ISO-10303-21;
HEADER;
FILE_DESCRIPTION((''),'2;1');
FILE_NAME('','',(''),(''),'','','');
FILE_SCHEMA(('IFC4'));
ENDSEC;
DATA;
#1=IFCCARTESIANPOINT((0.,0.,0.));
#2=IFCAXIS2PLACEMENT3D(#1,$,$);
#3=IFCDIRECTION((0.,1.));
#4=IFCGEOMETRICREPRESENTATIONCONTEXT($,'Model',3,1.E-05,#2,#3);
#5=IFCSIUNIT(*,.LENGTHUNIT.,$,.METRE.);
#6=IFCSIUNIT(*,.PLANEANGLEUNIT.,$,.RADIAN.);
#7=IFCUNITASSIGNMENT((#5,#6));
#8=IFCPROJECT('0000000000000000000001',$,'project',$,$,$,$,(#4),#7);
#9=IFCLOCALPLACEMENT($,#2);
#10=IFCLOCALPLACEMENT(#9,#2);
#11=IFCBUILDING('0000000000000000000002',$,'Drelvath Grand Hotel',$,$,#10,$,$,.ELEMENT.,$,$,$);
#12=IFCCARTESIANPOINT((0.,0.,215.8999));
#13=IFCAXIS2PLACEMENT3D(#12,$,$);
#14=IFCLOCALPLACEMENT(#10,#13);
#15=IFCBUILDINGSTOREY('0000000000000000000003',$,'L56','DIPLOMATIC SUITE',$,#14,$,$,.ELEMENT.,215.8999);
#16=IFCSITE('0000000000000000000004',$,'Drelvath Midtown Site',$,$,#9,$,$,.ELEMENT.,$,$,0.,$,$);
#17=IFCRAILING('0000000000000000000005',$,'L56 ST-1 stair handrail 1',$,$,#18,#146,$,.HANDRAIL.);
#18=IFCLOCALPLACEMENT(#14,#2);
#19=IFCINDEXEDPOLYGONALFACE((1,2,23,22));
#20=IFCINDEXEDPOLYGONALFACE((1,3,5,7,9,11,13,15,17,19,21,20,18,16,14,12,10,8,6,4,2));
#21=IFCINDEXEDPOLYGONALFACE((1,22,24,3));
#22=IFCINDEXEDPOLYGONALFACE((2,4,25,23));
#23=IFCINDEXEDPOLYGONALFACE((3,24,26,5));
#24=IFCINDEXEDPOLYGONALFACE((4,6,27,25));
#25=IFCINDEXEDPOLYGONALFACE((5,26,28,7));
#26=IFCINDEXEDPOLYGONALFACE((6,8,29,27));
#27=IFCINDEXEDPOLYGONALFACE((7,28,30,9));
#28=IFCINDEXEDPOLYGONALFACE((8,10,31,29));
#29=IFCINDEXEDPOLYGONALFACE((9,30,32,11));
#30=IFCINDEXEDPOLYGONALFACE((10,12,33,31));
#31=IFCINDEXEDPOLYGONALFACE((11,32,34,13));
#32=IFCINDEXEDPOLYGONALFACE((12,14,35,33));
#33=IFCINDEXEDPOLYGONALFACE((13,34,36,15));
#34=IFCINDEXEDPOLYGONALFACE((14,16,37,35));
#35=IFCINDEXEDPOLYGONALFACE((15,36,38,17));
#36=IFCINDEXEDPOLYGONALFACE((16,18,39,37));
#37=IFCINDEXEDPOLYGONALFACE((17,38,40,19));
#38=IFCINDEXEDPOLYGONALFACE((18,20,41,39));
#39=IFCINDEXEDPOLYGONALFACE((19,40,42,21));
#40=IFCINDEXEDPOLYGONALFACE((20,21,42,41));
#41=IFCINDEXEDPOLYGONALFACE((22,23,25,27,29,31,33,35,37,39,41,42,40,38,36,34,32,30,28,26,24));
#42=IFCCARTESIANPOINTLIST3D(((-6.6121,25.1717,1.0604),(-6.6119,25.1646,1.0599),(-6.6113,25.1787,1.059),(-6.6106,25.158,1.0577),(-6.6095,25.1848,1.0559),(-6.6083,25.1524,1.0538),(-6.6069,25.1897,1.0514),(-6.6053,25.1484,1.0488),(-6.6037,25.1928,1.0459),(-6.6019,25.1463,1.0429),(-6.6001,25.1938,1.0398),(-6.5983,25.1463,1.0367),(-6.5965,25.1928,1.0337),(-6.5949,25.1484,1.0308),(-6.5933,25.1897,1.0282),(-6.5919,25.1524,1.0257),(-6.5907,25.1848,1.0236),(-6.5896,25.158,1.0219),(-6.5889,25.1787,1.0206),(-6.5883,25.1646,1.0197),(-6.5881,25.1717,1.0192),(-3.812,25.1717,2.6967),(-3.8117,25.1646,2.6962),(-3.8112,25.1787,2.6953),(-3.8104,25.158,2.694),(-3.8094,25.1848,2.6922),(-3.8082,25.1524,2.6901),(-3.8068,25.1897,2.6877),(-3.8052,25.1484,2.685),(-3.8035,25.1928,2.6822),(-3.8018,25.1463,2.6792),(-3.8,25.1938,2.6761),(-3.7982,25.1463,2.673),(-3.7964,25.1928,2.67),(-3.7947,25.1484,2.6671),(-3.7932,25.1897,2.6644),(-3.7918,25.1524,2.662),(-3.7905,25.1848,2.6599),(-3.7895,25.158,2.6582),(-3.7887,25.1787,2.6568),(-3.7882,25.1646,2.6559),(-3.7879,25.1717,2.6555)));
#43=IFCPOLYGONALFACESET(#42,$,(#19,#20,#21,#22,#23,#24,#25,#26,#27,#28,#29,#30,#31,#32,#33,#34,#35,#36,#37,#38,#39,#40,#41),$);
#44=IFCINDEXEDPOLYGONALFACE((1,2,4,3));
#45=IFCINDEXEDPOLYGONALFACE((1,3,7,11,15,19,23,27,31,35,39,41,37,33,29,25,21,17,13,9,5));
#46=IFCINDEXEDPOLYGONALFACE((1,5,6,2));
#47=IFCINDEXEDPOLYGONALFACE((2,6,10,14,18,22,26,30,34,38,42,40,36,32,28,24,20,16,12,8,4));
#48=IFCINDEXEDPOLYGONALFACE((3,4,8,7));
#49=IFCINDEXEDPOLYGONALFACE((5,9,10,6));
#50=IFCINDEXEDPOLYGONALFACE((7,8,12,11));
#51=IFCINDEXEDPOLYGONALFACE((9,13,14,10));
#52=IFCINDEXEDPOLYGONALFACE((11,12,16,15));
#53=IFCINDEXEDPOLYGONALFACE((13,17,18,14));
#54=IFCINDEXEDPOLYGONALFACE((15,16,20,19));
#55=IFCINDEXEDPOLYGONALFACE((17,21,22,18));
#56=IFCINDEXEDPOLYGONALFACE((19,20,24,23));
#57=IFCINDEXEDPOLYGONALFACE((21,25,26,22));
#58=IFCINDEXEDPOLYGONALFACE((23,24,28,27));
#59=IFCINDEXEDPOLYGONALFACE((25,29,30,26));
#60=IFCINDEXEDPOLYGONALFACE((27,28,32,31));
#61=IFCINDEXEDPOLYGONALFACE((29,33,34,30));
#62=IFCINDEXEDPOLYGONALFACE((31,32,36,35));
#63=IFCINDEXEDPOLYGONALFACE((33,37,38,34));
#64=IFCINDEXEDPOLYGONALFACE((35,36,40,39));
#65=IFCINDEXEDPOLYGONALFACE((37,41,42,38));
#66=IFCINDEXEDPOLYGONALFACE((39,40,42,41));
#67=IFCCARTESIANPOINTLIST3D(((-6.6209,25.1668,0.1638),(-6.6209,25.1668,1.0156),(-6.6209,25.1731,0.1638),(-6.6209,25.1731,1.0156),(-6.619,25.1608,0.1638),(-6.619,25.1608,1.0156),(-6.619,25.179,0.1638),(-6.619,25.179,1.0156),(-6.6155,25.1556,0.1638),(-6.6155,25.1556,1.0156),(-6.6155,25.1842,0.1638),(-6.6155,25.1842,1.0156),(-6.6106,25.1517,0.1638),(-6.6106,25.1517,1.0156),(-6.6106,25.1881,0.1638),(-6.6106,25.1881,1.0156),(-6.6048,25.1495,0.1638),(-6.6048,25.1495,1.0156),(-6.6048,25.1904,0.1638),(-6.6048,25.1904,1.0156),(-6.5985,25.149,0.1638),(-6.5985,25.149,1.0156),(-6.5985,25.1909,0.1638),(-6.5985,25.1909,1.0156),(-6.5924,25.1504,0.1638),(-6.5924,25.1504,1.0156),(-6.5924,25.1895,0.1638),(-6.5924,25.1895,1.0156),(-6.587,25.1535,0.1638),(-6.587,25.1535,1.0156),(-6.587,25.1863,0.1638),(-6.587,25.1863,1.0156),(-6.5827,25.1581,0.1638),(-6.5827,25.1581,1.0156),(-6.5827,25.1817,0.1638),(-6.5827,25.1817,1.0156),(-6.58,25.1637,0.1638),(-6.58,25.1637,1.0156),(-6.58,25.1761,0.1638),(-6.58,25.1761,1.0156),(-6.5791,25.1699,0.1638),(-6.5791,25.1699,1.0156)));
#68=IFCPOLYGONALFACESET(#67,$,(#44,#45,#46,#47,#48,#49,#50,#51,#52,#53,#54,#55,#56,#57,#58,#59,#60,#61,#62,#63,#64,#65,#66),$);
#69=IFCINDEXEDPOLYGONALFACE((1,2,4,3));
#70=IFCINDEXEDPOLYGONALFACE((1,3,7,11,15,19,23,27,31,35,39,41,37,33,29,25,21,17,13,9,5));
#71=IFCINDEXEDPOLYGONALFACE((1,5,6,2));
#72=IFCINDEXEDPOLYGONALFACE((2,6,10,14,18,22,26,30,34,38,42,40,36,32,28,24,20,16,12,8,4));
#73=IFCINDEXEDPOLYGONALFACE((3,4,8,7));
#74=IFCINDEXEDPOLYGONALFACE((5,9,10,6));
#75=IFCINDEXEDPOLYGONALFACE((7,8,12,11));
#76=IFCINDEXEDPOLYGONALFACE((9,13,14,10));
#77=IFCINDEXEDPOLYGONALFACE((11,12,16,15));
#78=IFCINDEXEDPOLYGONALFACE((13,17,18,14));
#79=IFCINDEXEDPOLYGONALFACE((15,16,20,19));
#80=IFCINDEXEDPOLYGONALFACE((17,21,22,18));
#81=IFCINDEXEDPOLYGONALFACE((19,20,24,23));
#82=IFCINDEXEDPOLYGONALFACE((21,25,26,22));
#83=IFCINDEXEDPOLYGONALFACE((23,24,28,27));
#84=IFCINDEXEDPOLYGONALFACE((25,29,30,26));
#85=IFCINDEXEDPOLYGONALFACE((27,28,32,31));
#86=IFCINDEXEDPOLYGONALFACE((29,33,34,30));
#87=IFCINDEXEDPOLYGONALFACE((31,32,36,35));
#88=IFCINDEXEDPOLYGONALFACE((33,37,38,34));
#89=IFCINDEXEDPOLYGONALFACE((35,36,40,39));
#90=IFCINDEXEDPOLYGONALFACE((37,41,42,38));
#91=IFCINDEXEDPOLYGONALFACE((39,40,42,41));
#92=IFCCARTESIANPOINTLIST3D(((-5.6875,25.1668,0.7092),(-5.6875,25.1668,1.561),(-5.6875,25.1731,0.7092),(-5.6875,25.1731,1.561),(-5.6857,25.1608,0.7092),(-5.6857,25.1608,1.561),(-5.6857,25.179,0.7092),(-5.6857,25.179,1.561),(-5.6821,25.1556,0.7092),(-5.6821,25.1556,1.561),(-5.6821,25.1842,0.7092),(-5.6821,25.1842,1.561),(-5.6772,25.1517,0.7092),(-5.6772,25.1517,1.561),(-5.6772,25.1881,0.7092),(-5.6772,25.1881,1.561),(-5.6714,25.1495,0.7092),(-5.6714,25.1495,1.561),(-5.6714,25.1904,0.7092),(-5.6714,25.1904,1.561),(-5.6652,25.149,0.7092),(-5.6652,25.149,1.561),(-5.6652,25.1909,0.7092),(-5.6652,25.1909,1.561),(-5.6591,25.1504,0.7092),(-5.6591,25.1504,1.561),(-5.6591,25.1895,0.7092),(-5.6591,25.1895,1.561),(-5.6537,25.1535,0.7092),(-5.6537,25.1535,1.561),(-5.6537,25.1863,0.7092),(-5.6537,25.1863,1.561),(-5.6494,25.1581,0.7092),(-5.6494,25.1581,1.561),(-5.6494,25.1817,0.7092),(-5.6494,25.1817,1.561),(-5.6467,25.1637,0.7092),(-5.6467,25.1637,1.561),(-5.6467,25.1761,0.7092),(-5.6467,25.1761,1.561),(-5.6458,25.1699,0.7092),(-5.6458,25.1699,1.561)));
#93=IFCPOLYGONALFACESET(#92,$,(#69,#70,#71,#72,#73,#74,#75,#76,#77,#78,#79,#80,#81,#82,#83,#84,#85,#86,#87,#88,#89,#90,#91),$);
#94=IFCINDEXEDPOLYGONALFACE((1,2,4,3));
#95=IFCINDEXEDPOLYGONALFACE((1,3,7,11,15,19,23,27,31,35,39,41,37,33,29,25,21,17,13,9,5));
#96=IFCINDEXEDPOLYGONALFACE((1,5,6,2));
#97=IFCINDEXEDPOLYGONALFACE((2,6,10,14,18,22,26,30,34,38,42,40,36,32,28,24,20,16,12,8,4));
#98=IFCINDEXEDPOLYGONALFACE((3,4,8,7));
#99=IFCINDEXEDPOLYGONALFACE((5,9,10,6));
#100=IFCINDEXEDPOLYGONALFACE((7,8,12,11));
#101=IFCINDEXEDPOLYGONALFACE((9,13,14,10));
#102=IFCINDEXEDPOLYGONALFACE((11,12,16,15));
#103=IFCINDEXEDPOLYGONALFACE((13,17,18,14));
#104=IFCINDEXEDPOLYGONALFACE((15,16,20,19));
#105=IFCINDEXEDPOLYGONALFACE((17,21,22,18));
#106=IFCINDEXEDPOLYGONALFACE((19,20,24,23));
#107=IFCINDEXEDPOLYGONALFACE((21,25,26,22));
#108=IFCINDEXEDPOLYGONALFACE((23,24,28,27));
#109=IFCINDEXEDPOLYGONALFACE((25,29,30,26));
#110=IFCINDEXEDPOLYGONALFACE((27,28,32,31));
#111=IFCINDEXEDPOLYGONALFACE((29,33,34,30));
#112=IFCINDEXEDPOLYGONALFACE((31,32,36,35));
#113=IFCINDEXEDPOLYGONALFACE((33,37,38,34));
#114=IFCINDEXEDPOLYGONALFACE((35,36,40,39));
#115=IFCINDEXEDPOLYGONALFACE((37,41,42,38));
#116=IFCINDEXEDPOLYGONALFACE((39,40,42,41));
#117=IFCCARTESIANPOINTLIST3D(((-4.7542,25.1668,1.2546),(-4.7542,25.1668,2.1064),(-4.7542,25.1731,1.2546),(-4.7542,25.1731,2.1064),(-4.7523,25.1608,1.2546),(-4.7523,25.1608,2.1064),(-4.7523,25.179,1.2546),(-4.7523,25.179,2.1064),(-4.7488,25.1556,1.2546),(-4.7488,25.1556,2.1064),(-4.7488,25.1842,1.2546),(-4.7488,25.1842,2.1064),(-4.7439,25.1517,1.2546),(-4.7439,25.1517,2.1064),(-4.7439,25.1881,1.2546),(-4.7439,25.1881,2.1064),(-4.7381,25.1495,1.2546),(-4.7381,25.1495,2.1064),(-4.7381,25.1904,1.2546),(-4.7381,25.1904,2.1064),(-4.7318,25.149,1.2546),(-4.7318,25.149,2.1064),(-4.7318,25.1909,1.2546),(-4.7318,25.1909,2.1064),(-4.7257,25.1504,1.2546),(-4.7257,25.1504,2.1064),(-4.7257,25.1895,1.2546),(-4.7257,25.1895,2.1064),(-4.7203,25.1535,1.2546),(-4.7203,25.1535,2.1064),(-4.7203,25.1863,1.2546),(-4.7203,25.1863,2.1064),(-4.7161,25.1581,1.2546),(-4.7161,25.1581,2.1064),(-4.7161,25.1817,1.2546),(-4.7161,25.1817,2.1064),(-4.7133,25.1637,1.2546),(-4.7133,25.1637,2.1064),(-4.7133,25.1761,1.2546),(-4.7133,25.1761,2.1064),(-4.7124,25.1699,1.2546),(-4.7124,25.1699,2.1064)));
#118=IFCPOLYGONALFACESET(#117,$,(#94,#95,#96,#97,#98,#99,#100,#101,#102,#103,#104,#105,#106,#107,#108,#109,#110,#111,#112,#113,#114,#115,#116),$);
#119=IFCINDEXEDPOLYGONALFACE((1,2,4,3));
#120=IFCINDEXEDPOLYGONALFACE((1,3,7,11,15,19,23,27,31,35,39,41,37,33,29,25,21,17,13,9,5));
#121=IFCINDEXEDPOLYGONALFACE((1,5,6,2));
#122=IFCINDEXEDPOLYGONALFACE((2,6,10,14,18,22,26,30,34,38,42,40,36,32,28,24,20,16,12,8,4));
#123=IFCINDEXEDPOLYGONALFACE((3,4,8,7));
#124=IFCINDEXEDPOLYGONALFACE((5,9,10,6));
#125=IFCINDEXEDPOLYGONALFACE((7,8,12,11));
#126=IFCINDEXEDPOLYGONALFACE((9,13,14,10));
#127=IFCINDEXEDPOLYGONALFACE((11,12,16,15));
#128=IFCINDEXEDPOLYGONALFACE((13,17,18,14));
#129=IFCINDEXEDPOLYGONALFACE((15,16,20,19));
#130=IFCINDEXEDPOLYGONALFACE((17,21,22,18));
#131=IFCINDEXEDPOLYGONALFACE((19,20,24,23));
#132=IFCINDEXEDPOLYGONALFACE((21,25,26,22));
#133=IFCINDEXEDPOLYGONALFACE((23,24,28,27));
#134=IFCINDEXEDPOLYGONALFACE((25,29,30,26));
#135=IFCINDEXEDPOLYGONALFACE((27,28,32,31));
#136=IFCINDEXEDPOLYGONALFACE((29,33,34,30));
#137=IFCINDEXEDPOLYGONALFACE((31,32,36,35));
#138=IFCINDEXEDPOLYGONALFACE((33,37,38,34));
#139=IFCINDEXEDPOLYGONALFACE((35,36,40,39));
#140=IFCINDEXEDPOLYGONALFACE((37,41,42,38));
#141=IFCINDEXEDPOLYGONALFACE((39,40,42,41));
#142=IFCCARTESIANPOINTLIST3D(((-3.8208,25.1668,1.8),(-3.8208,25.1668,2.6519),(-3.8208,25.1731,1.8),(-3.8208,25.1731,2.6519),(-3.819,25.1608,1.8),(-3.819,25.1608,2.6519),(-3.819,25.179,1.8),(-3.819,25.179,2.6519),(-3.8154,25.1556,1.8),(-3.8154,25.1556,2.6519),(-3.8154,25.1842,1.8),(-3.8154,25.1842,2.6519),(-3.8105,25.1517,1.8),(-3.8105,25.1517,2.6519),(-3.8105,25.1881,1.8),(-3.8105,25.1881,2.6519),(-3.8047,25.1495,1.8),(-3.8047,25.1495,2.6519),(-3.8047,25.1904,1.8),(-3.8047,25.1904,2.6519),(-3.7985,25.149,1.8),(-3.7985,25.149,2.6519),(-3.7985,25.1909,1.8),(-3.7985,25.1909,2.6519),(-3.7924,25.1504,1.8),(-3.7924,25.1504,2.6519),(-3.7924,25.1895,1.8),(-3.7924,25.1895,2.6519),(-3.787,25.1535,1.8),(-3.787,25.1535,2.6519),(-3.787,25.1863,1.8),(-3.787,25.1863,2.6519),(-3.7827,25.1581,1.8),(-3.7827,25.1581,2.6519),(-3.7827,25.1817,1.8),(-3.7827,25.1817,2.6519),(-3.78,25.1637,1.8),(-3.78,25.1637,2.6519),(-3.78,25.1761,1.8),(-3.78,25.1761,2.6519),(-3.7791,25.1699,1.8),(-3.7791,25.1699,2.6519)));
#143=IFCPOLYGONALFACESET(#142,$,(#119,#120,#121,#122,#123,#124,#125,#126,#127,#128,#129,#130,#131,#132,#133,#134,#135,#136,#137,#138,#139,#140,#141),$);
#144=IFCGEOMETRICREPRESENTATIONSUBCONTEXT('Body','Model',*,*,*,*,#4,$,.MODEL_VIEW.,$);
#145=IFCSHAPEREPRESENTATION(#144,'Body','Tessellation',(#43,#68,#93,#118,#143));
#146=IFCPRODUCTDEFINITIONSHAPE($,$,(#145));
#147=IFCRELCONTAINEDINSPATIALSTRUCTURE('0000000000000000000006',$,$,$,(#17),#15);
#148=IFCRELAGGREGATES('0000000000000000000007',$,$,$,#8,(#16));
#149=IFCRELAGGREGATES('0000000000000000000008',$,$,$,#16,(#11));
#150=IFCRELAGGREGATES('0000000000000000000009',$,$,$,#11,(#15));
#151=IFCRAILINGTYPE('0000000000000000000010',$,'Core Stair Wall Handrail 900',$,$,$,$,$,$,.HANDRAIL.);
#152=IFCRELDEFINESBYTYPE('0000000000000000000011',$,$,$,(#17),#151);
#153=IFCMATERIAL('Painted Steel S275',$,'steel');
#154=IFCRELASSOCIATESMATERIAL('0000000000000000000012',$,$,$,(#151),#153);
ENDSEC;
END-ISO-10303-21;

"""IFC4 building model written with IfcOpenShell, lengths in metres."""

from ifc_helpers import new_model, si_unit, direction, frame, origin, origin_2d, place, context, subcontext, project, spatial, circle, extrude, material, type_object, element, save


model = new_model("IFC4")

# Units and contexts
model_context = context("Model", 3, precision=1e-05, world=origin(), true_north=direction((0.0, 1.0)))
body_context = subcontext(model_context, "Body", "Model", "MODEL_VIEW")
ifc_project = project(units=[si_unit("LENGTHUNIT", "METRE"), si_unit("PLANEANGLEUNIT", "RADIAN")], contexts=[model_context])

# Site, building, storey
site_placement = place(None, origin())
site = spatial("IfcSite", under=ifc_project, at=site_placement, Name="Drelvath Midtown Site", CompositionType="ELEMENT", RefElevation=0.0)
building_placement = place(site_placement, origin())
building = spatial("IfcBuilding", under=site, at=building_placement, Name="Drelvath Grand Hotel", CompositionType="ELEMENT")
storey_placement = place(building_placement, frame((0.0, 0.0, 215.8999)))
storey = spatial("IfcBuildingStorey", under=building, at=storey_placement, Name="L56", Description="DIPLOMATIC SUITE", CompositionType="ELEMENT", Elevation=215.8999)

# Shared definitions
ifc_material_1 = material(Name="Painted Steel S275", Category="steel")

# Railing
railing_type_1 = type_object("IfcRailingType", Name="Core Stair Wall Handrail 900", PredefinedType="HANDRAIL", material=ifc_material_1)
railing_1_placement = place(storey_placement, frame((-6.6001, 25.1699, 0.1638)))
element("IfcRailing", 1, at=railing_1_placement, inside=storey, type_object=railing_type_1, Name="L56 ST-1 stair handrail 1", PredefinedType="HANDRAIL", context=body_context, shape_type="SweptSolid", body=[
    extrude(circle(Radius=0.0239, at=origin_2d()), frame((0.0, 0.0, 0.876), z_axis=(0.863394, 0.0, 0.504531), x_axis=(0.0, 1.0, 0.0)), (0.0, 0.0, 1.0), 3.2432),
    extrude(circle(Radius=0.021, at=origin_2d()), origin(), (0.0, 0.0, 1.0), 0.8518),
    extrude(circle(Radius=0.021, at=origin_2d()), frame((0.9333, 0.0, 0.5454)), (0.0, 0.0, 1.0), 0.8518),
    extrude(circle(Radius=0.021, at=origin_2d()), frame((1.8667, 0.0, 1.0908)), (0.0, 0.0, 1.0), 0.8518),
    extrude(circle(Radius=0.021, at=origin_2d()), frame((2.8, 0.0, 1.6362)), (0.0, 0.0, 1.0), 0.8518),
])

save(model, "model.ifc")
